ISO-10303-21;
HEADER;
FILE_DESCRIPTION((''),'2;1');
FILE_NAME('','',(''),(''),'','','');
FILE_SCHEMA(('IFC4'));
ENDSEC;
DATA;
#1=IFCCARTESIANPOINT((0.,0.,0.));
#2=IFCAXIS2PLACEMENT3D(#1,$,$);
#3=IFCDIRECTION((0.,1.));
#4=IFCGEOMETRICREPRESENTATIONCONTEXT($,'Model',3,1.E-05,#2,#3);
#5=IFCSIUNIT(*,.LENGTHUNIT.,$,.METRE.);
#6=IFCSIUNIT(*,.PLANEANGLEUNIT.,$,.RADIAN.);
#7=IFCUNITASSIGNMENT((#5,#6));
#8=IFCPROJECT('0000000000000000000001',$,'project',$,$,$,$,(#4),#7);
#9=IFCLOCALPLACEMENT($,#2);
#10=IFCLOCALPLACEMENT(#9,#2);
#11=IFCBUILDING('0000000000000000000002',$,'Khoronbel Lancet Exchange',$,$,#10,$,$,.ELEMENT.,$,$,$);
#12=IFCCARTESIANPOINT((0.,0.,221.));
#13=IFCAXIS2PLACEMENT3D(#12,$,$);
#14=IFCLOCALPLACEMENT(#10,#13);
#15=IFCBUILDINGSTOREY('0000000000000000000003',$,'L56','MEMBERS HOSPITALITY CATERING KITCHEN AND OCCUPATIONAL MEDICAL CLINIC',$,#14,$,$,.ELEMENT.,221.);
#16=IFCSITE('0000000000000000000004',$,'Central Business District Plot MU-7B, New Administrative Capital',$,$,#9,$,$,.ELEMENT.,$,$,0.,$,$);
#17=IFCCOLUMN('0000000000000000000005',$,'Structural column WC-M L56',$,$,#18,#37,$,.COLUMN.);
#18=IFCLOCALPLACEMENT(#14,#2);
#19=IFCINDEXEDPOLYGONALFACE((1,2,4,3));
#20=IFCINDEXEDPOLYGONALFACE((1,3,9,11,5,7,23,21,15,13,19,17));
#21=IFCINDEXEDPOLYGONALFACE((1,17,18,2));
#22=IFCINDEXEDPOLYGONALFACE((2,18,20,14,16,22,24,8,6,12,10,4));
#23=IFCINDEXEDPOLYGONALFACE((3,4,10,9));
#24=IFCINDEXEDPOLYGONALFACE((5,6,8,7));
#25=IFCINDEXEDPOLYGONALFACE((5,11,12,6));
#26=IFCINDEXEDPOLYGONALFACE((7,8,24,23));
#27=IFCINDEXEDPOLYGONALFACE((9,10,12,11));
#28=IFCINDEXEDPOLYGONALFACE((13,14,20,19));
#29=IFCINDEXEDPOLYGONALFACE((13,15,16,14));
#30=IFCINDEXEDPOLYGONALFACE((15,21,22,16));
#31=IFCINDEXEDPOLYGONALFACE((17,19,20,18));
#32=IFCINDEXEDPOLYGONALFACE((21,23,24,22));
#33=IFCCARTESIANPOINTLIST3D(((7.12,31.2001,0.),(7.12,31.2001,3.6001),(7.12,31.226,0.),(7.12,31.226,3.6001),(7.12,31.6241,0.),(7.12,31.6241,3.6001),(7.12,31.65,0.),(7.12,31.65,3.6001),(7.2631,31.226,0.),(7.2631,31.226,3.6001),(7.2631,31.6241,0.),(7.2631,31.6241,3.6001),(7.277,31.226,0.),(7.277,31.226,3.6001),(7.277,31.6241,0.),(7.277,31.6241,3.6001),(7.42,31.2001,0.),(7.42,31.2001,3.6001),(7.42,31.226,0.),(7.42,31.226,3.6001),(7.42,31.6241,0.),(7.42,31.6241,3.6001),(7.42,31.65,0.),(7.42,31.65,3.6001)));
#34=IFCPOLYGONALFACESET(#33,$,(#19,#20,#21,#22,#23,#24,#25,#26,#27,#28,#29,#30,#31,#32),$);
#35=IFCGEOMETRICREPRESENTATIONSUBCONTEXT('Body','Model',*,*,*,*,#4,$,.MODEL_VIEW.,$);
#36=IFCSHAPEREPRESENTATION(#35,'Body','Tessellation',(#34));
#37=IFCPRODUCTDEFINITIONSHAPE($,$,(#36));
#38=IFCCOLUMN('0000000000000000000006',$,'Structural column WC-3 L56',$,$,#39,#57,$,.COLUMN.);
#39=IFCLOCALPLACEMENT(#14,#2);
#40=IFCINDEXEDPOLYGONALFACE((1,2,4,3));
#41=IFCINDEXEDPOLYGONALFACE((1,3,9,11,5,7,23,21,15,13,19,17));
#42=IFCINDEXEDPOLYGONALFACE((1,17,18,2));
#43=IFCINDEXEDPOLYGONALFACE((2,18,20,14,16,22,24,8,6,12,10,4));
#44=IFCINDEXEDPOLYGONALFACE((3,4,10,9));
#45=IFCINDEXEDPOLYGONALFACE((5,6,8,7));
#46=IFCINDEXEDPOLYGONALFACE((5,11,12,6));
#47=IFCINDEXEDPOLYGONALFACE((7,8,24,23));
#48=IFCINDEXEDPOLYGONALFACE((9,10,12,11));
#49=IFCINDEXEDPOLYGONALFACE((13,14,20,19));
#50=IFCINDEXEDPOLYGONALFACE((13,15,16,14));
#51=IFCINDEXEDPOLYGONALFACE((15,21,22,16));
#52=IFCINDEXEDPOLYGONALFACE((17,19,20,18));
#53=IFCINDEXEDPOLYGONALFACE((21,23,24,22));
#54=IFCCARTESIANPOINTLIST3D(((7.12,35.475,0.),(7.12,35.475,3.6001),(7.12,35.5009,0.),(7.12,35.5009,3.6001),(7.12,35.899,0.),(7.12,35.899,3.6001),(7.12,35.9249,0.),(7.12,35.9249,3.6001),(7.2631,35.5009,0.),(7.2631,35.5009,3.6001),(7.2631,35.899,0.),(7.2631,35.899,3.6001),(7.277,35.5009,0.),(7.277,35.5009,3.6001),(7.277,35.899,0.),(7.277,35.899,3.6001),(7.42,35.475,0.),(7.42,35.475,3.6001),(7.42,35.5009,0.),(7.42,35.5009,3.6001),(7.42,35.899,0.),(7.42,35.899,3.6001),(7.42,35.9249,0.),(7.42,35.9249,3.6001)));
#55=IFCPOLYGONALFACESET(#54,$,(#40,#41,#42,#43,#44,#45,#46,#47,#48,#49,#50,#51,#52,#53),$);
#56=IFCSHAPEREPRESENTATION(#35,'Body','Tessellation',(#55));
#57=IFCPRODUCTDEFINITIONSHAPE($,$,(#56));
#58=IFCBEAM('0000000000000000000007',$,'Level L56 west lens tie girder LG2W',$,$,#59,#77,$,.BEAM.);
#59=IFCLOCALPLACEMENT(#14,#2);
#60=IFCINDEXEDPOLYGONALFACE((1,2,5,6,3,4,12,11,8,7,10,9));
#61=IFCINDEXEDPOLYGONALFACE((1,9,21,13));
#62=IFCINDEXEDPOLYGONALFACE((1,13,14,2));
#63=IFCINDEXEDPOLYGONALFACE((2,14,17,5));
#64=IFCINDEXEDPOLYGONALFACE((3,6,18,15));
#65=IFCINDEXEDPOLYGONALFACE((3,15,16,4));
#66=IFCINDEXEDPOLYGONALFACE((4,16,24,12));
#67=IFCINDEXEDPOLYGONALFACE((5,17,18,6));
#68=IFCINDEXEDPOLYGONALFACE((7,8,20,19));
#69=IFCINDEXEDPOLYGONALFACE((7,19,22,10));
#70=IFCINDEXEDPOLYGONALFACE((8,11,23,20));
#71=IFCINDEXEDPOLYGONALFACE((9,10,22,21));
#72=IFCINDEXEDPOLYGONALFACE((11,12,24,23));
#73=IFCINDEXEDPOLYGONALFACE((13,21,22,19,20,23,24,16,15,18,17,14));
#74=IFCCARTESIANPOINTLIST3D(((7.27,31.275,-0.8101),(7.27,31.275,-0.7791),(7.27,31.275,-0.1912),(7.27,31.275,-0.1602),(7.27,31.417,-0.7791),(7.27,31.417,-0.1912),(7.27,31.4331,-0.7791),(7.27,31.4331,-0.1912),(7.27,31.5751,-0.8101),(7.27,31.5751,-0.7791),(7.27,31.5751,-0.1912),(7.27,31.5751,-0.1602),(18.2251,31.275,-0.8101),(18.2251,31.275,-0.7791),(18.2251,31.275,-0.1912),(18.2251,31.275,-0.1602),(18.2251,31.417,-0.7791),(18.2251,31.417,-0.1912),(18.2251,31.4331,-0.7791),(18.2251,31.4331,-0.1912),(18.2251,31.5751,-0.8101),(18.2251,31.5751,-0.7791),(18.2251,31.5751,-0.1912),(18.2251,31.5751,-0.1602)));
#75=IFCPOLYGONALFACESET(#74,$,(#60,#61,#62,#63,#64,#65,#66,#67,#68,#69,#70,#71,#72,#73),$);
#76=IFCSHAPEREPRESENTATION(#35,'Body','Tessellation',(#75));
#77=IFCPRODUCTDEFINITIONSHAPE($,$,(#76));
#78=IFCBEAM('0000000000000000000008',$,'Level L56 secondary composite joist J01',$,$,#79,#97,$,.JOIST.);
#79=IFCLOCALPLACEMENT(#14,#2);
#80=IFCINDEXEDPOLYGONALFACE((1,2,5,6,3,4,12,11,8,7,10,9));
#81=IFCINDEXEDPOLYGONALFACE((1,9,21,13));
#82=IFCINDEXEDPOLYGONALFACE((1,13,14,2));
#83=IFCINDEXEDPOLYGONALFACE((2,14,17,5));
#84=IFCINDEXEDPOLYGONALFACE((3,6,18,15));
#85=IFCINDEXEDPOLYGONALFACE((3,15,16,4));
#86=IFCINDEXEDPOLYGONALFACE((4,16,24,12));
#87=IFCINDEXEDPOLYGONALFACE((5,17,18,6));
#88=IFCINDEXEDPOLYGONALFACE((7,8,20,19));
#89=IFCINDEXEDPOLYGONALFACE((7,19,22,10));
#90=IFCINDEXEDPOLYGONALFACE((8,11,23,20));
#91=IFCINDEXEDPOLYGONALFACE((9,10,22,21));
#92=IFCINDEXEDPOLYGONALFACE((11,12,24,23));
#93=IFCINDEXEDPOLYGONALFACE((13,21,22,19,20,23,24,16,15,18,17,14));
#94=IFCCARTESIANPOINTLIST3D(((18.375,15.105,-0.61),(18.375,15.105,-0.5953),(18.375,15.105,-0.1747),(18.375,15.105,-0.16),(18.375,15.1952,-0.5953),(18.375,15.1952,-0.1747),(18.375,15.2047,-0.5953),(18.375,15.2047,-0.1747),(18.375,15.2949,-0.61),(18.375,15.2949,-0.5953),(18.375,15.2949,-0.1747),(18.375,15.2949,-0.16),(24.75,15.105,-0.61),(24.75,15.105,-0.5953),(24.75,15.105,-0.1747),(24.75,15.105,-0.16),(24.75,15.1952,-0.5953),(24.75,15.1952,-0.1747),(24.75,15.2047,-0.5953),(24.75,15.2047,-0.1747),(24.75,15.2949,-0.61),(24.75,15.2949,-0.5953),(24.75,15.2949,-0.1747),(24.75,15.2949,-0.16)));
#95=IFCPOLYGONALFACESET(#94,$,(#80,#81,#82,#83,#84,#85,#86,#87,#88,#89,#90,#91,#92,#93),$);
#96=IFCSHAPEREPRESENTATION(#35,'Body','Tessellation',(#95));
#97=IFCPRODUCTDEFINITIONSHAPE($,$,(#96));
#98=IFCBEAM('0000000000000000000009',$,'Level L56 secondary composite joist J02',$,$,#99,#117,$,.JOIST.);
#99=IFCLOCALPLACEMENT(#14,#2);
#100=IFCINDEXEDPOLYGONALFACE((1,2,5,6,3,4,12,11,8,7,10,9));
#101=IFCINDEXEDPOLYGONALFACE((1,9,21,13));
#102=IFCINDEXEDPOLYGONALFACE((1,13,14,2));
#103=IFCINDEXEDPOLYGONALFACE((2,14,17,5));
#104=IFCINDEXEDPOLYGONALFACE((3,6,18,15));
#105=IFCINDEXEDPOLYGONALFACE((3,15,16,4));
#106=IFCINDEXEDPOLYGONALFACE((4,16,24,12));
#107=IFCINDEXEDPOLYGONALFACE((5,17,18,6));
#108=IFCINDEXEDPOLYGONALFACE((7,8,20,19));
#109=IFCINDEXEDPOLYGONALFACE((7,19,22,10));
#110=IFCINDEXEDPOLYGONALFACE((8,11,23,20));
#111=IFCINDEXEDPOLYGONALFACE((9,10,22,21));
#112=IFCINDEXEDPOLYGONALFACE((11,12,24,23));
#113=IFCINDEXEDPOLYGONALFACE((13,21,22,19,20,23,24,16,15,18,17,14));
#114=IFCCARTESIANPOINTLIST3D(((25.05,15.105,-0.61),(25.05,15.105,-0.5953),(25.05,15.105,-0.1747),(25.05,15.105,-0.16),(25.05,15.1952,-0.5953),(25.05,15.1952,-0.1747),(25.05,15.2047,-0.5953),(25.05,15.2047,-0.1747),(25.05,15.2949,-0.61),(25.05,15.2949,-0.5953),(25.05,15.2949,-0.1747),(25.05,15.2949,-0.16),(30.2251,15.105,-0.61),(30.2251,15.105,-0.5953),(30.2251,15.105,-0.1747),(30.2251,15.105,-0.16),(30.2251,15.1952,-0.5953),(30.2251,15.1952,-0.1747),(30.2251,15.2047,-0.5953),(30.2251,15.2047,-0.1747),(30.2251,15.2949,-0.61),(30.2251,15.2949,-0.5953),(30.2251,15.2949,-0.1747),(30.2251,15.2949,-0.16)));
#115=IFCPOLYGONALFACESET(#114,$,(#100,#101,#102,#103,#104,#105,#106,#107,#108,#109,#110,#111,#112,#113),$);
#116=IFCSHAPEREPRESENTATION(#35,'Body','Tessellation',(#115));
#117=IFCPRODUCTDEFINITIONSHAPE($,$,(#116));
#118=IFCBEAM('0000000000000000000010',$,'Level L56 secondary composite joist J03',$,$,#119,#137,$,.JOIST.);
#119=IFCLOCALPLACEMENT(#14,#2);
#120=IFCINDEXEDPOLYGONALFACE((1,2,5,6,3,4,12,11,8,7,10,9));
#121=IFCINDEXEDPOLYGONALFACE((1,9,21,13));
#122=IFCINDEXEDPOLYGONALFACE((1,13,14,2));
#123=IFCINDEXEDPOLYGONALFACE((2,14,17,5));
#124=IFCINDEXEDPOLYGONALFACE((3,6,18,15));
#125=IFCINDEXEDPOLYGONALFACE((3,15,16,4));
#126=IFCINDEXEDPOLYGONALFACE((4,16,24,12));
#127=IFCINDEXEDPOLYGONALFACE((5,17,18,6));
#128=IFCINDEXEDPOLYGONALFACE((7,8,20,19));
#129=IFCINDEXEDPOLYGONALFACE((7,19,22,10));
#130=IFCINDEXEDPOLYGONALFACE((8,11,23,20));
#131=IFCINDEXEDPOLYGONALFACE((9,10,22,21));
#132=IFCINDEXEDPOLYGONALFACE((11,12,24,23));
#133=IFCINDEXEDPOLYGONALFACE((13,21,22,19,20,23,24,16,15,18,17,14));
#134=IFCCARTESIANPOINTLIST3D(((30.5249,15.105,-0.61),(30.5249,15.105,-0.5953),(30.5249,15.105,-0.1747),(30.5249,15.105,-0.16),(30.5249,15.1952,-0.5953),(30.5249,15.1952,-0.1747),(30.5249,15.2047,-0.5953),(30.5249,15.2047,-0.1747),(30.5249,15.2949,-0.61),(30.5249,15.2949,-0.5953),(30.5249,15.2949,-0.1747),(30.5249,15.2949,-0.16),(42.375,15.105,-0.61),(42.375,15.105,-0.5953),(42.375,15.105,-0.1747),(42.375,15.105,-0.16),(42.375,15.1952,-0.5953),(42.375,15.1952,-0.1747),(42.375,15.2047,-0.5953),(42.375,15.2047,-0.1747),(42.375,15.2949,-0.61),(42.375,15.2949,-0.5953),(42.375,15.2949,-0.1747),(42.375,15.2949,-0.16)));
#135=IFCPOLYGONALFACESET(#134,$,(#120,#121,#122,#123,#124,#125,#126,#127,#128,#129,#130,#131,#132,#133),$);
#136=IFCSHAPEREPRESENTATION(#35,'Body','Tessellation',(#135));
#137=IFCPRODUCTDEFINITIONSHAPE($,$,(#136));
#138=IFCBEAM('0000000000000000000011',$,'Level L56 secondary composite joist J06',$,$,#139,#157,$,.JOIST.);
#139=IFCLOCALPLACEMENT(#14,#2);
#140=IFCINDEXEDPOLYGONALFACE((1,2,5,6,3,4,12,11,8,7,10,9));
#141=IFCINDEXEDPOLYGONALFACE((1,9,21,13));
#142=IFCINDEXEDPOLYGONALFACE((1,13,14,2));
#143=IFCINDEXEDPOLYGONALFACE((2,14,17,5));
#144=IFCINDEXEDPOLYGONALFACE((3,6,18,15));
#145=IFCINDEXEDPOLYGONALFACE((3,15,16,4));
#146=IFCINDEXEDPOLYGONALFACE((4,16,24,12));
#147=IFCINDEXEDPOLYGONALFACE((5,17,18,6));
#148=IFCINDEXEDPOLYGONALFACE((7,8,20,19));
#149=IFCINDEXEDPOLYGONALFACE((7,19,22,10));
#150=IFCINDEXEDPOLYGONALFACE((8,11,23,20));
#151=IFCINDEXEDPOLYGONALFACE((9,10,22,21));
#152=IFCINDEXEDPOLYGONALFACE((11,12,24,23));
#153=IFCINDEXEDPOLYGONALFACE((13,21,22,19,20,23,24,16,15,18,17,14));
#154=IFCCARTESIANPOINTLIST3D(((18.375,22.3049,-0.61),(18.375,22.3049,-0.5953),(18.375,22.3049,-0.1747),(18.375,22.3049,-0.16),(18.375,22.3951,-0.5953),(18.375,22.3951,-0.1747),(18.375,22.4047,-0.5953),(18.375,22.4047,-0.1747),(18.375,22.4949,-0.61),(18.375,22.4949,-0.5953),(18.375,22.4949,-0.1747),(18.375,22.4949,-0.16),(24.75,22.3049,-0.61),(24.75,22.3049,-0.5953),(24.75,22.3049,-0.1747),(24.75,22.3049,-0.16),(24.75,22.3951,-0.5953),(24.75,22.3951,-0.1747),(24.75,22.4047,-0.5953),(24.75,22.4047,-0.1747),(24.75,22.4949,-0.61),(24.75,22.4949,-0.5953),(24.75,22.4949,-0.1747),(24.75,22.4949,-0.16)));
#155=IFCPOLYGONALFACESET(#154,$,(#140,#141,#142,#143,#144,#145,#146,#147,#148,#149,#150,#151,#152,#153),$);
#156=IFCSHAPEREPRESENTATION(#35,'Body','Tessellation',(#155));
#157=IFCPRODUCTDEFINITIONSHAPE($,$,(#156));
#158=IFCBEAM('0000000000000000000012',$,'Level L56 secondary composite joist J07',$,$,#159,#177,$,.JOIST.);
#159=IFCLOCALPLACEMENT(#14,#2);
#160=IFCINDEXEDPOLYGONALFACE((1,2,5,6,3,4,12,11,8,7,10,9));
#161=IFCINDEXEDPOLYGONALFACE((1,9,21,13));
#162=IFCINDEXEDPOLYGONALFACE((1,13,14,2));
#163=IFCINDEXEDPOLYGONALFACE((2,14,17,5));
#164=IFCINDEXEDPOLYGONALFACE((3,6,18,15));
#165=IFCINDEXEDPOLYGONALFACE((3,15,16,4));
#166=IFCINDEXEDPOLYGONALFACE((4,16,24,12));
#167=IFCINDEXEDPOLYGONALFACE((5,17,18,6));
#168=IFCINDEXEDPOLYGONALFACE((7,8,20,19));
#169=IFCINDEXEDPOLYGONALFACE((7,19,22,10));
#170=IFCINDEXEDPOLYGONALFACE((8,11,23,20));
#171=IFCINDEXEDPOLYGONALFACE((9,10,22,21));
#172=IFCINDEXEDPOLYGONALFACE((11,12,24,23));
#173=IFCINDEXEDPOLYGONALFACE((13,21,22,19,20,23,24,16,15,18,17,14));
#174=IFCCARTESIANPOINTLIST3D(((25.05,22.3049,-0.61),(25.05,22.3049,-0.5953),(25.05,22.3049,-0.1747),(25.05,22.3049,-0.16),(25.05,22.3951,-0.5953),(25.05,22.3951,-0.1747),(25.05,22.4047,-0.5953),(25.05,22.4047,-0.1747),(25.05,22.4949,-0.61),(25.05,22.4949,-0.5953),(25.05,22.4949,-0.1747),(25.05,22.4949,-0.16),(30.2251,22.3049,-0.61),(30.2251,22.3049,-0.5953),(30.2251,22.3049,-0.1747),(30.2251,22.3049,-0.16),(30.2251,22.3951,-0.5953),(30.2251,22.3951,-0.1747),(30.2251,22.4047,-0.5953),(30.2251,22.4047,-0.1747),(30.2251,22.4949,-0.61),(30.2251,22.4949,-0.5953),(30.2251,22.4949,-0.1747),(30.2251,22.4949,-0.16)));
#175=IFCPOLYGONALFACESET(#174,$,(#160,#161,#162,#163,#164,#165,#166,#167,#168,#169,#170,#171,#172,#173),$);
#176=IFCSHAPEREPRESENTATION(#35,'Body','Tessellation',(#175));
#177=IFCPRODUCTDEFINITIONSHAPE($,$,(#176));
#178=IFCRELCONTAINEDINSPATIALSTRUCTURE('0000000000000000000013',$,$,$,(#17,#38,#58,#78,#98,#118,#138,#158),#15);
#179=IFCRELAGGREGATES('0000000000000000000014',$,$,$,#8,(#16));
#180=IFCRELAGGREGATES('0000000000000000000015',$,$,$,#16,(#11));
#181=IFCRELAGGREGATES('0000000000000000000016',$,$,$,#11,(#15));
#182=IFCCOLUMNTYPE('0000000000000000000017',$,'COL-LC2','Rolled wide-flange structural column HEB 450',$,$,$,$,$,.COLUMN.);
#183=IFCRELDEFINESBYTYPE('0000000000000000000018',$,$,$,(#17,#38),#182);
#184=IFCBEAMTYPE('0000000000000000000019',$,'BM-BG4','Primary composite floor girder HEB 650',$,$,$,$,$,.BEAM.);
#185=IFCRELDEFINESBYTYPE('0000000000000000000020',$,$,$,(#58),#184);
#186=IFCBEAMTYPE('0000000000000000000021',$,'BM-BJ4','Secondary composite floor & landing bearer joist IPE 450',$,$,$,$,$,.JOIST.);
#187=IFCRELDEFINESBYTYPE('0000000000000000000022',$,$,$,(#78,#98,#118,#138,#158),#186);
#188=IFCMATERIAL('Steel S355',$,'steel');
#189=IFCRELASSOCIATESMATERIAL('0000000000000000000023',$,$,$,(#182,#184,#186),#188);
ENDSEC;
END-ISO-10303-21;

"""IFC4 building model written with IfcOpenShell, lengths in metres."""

from ifc_helpers import new_model, si_unit, direction, frame, origin, origin_2d, place, context, subcontext, project, spatial, i_section, extrude, material, material_profile, profile_set, type_object, element, save


model = new_model("IFC4")

# Units and contexts
model_context = context("Model", 3, precision=1e-05, world=origin(), true_north=direction((0.0, 1.0)))
body_context = subcontext(model_context, "Body", "Model", "MODEL_VIEW")
ifc_project = project(units=[si_unit("LENGTHUNIT", "METRE"), si_unit("PLANEANGLEUNIT", "RADIAN")], contexts=[model_context])

# Site, building, storey
site_placement = place(None, origin())
site = spatial("IfcSite", under=ifc_project, at=site_placement, Name="Central Business District Plot MU-7B, New Administrative Capital", CompositionType="ELEMENT", RefElevation=0.0)
building_placement = place(site_placement, origin())
building = spatial("IfcBuilding", under=site, at=building_placement, Name="Khoronbel Lancet Exchange", CompositionType="ELEMENT")
storey_placement = place(building_placement, frame((0.0, 0.0, 221.0)))
storey = spatial("IfcBuildingStorey", under=building, at=storey_placement, Name="L56", Description="MEMBERS HOSPITALITY CATERING KITCHEN AND OCCUPATIONAL MEDICAL CLINIC", CompositionType="ELEMENT", Elevation=221.0)

# Columns
ifc_material_1 = material(Name="Steel S355", Category="steel")
ifc_material_profile_1 = material_profile(ifc_material_1, i_section(OverallWidth=0.3, OverallDepth=0.45, WebThickness=0.0139, FlangeThickness=0.0259, at=origin_2d()), Name="HEB 450")
ifc_profile_set_1 = profile_set([ifc_material_profile_1], Name="Steel S355")
column_type = type_object("IfcColumnType", Name="COL-LC2", Description="Rolled wide-flange structural column HEB 450", PredefinedType="COLUMN", material=ifc_profile_set_1)
for number, where, z_axis, x_axis, name in (
    (1, (7.27, 31.425, 0.0), (0.0, 0.0, 1.0), (1.0, 0.0, 0.0), "Structural column WC-M L56"),
    (2, (7.27, 35.7, 0.0), (0.0, 0.0, 1.0), (1.0, 0.0, 0.0), "Structural column WC-3 L56"),
):
    element("IfcColumn", number, at=place(storey_placement, frame(where, z_axis=z_axis, x_axis=x_axis)), inside=storey, type_object=column_type, Name=name, PredefinedType="COLUMN", context=body_context, shape_type="SweptSolid", body=[
        extrude(i_section(OverallWidth=0.3, OverallDepth=0.45, WebThickness=0.0139, FlangeThickness=0.0259, at=origin_2d()), origin(), (0.0, 0.0, 1.0), 3.6001),
    ])

# Beams
ifc_material_profile_2 = material_profile(ifc_material_1, i_section(OverallWidth=0.3, OverallDepth=0.6499, WebThickness=0.0161, FlangeThickness=0.031, at=origin_2d()), Name="HEB 650")
ifc_profile_set_2 = profile_set([ifc_material_profile_2], Name="Steel S355")
beam_type_1 = type_object("IfcBeamType", Name="BM-BG4", Description="Primary composite floor girder HEB 650", PredefinedType="BEAM", material=ifc_profile_set_2)
beam_1_placement = place(storey_placement, frame((7.27, 31.425, -0.4851), z_axis=(1.0, 0.0, 0.0), x_axis=(0.0, 1.0, 0.0)))
element("IfcBeam", 3, at=beam_1_placement, inside=storey, type_object=beam_type_1, Name="Level L56 west lens tie girder LG2W", PredefinedType="BEAM", context=body_context, shape_type="SweptSolid", body=[
    extrude(i_section(OverallWidth=0.3, OverallDepth=0.6499, WebThickness=0.0161, FlangeThickness=0.031, at=origin_2d()), origin(), (0.0, 0.0, 1.0), 10.9551),
])
ifc_material_profile_3 = material_profile(ifc_material_1, i_section(OverallWidth=0.1899, OverallDepth=0.45, WebThickness=0.0095, FlangeThickness=0.0146, at=origin_2d()), Name="IPE 450")
ifc_profile_set_3 = profile_set([ifc_material_profile_3], Name="Steel S355")
beam_type_2 = type_object("IfcBeamType", Name="BM-BJ4", Description="Secondary composite floor & landing bearer joist IPE 450", PredefinedType="JOIST", material=ifc_profile_set_3)
beam_2_placement = place(storey_placement, frame((18.375, 15.2, -0.385), z_axis=(1.0, 0.0, 0.0), x_axis=(0.0, 1.0, 0.0)))
element("IfcBeam", 4, at=beam_2_placement, inside=storey, type_object=beam_type_2, Name="Level L56 secondary composite joist J01", PredefinedType="JOIST", context=body_context, shape_type="SweptSolid", body=[
    extrude(i_section(OverallWidth=0.1899, OverallDepth=0.45, WebThickness=0.0095, FlangeThickness=0.0146, at=origin_2d()), origin(), (0.0, 0.0, 1.0), 6.375),
])
beam_3_placement = place(storey_placement, frame((25.05, 15.2, -0.385), z_axis=(1.0, 0.0, 0.0), x_axis=(0.0, 1.0, 0.0)))
element("IfcBeam", 5, at=beam_3_placement, inside=storey, type_object=beam_type_2, Name="Level L56 secondary composite joist J02", PredefinedType="JOIST", context=body_context, shape_type="SweptSolid", body=[
    extrude(i_section(OverallWidth=0.1899, OverallDepth=0.45, WebThickness=0.0095, FlangeThickness=0.0146, at=origin_2d()), origin(), (0.0, 0.0, 1.0), 5.175),
])
beam_4_placement = place(storey_placement, frame((30.5249, 15.2, -0.385), z_axis=(1.0, 0.0, 0.0), x_axis=(0.0, 1.0, 0.0)))
element("IfcBeam", 6, at=beam_4_placement, inside=storey, type_object=beam_type_2, Name="Level L56 secondary composite joist J03", PredefinedType="JOIST", context=body_context, shape_type="SweptSolid", body=[
    extrude(i_section(OverallWidth=0.1899, OverallDepth=0.45, WebThickness=0.0095, FlangeThickness=0.0146, at=origin_2d()), origin(), (0.0, 0.0, 1.0), 11.8501),
])
beam_5_placement = place(storey_placement, frame((18.375, 22.3999, -0.385), z_axis=(1.0, 0.0, 0.0), x_axis=(0.0, 1.0, 0.0)))
element("IfcBeam", 7, at=beam_5_placement, inside=storey, type_object=beam_type_2, Name="Level L56 secondary composite joist J06", PredefinedType="JOIST", context=body_context, shape_type="SweptSolid", body=[
    extrude(i_section(OverallWidth=0.1899, OverallDepth=0.45, WebThickness=0.0095, FlangeThickness=0.0146, at=origin_2d()), origin(), (0.0, 0.0, 1.0), 6.375),
])
beam_6_placement = place(storey_placement, frame((25.05, 22.3999, -0.385), z_axis=(1.0, 0.0, 0.0), x_axis=(0.0, 1.0, 0.0)))
element("IfcBeam", 8, at=beam_6_placement, inside=storey, type_object=beam_type_2, Name="Level L56 secondary composite joist J07", PredefinedType="JOIST", context=body_context, shape_type="SweptSolid", body=[
    extrude(i_section(OverallWidth=0.1899, OverallDepth=0.45, WebThickness=0.0095, FlangeThickness=0.0146, at=origin_2d()), origin(), (0.0, 0.0, 1.0), 5.175),
])

save(model, "model.ifc")
